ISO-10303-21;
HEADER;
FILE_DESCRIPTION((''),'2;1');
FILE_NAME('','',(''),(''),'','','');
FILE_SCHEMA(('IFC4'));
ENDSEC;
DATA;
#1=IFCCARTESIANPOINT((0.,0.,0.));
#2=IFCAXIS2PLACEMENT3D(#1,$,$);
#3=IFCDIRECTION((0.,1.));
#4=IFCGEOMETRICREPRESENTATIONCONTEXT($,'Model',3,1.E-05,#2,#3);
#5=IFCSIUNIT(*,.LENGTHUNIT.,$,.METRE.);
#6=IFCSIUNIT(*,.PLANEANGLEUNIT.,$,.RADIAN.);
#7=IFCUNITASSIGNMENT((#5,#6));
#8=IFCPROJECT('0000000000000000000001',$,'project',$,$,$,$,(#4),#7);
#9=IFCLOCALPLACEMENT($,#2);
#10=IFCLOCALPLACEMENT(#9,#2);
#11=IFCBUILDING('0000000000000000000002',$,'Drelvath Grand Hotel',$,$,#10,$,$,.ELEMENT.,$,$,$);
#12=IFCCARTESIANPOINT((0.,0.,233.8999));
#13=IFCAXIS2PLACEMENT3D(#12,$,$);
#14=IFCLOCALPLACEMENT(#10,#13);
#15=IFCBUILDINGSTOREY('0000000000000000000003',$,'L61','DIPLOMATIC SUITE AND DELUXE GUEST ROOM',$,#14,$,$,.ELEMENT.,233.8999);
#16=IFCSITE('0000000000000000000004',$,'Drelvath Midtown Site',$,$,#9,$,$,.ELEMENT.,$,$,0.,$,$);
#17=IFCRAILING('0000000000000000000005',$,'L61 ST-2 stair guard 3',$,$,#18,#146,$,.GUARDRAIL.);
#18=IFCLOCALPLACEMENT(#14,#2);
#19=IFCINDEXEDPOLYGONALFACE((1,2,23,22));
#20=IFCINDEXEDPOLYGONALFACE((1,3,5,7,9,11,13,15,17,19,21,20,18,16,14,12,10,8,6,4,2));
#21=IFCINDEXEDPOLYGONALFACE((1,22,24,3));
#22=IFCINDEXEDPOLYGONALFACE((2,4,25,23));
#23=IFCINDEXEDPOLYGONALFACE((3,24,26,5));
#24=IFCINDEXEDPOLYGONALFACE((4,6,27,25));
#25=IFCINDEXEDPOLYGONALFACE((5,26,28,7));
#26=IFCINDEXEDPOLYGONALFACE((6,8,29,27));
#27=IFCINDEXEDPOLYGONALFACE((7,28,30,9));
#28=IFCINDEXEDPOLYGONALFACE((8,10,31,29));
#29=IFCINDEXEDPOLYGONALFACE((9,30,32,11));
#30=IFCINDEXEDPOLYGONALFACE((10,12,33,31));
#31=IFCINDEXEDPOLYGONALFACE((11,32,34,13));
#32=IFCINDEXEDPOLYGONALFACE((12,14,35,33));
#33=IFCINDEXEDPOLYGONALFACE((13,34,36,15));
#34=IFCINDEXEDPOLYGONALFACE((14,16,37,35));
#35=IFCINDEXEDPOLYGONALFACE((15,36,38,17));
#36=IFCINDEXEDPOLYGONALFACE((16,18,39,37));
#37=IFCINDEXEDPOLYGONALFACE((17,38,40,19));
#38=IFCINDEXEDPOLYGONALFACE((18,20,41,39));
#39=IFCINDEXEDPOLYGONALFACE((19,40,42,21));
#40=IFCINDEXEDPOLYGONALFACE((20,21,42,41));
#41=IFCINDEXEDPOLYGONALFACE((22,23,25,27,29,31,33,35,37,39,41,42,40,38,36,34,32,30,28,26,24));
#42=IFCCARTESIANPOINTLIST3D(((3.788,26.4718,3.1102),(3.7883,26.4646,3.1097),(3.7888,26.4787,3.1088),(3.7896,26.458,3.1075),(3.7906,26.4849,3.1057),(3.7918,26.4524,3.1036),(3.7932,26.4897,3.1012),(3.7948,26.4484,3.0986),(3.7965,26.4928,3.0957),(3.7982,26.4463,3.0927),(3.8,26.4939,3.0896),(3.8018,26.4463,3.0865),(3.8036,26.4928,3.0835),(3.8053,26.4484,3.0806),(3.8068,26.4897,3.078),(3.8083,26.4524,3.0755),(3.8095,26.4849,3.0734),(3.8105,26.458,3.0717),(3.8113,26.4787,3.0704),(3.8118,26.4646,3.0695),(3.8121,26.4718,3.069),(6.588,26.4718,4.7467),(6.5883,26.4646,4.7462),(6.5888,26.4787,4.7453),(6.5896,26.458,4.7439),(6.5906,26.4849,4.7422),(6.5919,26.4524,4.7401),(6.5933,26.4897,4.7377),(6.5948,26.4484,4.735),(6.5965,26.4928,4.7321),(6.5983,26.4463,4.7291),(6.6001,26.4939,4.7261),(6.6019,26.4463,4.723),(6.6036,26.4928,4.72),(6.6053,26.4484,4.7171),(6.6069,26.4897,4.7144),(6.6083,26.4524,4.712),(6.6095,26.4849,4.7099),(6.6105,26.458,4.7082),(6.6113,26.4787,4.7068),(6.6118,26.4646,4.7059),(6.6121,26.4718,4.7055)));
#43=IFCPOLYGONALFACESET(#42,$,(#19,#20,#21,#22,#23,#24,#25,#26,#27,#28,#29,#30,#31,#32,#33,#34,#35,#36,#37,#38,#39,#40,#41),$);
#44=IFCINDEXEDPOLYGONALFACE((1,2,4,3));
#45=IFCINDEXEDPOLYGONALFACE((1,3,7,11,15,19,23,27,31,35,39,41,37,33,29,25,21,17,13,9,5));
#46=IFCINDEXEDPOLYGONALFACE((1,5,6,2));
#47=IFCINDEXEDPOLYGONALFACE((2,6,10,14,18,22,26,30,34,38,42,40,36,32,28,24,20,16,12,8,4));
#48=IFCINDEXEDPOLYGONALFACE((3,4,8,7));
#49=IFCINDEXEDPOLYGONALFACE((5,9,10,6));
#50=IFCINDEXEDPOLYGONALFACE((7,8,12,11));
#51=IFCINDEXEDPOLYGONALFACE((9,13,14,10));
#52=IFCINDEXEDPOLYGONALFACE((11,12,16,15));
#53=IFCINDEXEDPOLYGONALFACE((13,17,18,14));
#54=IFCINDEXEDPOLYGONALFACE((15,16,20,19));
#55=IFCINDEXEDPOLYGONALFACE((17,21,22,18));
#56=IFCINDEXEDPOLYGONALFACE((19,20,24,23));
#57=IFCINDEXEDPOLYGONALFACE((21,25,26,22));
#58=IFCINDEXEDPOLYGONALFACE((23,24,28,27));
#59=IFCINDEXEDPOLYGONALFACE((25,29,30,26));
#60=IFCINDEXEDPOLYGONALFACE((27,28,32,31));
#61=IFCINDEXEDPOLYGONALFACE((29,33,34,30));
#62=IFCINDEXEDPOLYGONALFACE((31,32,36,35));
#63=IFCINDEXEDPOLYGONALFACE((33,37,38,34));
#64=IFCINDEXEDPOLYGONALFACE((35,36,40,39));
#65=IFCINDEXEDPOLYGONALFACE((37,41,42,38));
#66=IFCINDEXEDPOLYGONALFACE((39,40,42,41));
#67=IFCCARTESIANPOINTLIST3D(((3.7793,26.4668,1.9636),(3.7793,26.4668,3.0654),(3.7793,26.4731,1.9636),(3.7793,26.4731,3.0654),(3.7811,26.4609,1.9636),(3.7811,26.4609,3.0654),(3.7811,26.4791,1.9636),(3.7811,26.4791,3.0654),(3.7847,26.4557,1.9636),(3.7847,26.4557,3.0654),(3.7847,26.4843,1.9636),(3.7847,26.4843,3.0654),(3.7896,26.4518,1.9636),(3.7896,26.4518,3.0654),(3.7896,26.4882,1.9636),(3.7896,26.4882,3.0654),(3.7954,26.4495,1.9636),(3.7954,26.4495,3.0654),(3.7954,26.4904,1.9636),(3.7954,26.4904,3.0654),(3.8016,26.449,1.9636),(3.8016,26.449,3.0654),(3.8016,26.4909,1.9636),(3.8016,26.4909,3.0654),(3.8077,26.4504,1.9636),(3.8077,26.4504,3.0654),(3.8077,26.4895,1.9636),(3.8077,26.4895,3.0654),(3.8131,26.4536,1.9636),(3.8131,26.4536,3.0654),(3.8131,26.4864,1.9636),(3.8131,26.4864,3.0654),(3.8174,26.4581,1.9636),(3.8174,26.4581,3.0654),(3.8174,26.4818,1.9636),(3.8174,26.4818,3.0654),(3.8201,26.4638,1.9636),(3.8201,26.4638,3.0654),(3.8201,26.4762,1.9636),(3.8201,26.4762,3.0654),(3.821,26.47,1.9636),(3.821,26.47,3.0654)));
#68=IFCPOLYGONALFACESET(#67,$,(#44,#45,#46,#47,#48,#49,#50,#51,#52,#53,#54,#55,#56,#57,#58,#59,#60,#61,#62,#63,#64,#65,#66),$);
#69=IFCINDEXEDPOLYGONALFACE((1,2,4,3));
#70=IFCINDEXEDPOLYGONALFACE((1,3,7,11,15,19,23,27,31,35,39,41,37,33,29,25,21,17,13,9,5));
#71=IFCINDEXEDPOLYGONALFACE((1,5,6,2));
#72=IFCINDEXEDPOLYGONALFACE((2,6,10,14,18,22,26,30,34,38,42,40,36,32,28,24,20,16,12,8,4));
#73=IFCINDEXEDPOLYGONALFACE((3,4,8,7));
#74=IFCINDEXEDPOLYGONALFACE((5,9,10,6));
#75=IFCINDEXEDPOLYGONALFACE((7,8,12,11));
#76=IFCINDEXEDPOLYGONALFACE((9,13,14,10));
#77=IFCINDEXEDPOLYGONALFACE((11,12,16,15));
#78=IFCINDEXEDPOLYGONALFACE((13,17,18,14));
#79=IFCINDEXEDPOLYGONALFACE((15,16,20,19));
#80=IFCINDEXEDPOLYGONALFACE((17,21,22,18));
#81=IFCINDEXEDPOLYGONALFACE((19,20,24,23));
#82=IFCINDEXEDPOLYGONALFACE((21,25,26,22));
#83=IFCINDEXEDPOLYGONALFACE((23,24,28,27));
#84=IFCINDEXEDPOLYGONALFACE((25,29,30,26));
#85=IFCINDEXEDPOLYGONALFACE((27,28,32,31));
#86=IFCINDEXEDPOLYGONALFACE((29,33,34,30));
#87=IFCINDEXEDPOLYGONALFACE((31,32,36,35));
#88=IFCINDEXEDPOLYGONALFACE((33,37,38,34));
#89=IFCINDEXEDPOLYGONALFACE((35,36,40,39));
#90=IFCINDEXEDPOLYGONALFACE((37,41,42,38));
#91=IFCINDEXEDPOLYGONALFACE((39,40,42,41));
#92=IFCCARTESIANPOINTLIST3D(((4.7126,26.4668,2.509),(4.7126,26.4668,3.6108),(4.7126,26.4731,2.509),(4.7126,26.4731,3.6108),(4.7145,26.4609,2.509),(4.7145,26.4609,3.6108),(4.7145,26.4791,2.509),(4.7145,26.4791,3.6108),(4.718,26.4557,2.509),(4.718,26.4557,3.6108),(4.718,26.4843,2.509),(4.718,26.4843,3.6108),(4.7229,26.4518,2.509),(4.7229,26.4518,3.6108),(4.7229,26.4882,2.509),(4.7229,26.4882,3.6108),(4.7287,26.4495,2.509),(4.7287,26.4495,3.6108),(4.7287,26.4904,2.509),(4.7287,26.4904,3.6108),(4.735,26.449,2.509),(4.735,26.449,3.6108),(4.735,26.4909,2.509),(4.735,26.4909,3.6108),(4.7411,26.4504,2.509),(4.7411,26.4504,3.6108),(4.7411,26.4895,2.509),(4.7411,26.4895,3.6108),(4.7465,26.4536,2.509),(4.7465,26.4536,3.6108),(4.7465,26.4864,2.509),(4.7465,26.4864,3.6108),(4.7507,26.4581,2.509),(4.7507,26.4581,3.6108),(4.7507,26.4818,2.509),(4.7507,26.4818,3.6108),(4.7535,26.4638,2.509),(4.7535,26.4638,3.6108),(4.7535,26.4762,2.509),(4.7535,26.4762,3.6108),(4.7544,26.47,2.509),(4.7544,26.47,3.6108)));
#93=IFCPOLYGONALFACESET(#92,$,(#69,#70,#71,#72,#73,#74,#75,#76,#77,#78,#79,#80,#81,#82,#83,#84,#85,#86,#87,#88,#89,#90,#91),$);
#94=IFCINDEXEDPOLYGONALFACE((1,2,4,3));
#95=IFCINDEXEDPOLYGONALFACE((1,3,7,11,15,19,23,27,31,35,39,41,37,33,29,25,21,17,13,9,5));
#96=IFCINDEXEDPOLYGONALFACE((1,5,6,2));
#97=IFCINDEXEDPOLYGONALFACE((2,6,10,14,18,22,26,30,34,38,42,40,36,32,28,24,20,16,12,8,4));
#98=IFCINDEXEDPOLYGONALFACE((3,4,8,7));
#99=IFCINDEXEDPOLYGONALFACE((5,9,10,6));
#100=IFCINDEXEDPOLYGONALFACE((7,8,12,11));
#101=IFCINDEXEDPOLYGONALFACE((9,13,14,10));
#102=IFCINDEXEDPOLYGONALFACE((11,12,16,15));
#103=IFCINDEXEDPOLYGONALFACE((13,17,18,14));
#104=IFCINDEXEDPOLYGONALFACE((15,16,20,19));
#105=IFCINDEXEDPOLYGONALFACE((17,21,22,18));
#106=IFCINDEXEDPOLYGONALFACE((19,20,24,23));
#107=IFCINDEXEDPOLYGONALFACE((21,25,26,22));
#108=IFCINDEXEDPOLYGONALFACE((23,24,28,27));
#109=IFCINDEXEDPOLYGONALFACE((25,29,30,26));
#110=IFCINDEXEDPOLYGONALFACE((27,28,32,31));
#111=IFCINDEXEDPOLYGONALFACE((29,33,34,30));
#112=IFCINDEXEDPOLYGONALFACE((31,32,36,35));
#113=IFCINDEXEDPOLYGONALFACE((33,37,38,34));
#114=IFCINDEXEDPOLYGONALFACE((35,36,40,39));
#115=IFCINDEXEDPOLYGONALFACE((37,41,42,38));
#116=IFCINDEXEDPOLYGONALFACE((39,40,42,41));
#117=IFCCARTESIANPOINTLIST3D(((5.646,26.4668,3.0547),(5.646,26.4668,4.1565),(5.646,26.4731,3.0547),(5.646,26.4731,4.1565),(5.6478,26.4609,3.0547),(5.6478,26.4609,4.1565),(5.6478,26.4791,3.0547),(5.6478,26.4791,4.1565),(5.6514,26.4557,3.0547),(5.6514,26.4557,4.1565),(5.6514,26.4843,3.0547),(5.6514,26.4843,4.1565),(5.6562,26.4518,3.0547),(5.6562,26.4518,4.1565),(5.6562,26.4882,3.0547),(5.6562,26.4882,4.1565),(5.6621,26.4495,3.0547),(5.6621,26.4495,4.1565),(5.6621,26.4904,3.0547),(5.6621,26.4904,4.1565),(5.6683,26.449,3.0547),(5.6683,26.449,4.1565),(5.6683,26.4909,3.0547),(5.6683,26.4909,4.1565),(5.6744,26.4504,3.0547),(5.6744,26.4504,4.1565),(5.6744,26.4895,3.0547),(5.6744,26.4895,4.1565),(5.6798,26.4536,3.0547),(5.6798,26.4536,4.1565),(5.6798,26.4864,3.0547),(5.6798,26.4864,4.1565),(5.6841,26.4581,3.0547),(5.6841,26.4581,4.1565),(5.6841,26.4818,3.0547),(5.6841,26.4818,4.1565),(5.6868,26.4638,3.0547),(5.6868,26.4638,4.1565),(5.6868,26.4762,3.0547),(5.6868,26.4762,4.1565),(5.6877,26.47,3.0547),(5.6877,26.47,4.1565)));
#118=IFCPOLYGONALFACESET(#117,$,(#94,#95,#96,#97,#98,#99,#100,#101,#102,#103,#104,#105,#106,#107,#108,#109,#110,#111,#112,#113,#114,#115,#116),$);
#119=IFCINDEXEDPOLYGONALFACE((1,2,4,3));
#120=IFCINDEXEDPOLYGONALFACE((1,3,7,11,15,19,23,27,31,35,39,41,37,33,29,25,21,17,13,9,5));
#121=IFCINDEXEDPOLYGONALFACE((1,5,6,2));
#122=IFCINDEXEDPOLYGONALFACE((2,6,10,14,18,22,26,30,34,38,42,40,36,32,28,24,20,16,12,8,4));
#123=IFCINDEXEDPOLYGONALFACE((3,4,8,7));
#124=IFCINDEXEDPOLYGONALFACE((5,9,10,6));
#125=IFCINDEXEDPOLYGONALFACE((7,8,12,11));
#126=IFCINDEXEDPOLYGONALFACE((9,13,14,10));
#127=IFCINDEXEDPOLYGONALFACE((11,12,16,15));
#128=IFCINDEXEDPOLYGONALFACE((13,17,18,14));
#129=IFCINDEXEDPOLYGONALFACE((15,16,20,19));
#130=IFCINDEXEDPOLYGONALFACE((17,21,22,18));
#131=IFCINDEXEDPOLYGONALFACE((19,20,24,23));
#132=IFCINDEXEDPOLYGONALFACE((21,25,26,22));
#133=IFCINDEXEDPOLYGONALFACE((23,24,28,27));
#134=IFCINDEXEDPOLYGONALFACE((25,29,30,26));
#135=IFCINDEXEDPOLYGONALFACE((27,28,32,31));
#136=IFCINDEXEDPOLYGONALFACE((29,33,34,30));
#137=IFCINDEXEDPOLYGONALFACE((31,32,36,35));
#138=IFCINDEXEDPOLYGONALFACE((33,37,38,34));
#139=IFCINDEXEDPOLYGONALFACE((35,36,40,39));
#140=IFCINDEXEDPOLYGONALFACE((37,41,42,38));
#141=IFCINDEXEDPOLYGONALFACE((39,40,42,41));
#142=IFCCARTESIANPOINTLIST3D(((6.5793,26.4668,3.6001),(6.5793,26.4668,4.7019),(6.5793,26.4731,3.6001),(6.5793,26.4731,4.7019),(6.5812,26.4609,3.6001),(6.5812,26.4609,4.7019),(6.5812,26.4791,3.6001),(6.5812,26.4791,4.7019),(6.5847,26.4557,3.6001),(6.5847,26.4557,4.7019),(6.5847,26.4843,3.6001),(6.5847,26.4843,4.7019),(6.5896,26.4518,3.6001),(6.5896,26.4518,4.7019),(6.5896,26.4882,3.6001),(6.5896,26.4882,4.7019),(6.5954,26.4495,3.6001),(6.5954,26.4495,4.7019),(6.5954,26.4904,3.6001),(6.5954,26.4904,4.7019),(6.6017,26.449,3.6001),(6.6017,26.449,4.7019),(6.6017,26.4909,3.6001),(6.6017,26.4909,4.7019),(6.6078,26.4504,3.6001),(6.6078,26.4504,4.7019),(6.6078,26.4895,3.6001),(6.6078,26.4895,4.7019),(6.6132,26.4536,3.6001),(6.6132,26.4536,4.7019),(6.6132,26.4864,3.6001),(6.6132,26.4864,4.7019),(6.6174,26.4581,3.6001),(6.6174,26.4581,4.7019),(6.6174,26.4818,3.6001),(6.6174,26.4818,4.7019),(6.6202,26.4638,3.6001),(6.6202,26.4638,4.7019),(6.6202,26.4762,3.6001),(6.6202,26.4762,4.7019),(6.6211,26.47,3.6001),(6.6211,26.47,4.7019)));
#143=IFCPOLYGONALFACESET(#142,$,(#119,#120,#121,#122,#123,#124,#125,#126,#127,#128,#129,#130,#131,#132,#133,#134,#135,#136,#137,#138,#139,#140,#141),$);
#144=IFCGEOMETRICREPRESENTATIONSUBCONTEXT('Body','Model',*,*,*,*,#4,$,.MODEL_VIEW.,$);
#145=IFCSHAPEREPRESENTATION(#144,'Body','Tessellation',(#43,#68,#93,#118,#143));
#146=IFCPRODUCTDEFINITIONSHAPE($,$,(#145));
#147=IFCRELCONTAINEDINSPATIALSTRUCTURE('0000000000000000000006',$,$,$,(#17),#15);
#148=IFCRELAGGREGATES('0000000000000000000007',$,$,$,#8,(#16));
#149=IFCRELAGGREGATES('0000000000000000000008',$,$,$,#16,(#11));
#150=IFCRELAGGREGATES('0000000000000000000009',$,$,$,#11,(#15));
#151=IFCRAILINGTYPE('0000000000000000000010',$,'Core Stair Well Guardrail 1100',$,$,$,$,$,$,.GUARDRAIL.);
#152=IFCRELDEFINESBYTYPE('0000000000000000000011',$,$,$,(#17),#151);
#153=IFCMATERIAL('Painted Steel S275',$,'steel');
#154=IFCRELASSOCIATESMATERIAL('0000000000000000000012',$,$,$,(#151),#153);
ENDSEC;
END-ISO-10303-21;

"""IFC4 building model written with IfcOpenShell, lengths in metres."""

from ifc_helpers import new_model, si_unit, direction, frame, origin, origin_2d, place, context, subcontext, project, spatial, circle, extrude, material, type_object, element, save


model = new_model("IFC4")

# Units and contexts
model_context = context("Model", 3, precision=1e-05, world=origin(), true_north=direction((0.0, 1.0)))
body_context = subcontext(model_context, "Body", "Model", "MODEL_VIEW")
ifc_project = project(units=[si_unit("LENGTHUNIT", "METRE"), si_unit("PLANEANGLEUNIT", "RADIAN")], contexts=[model_context])

# Site, building, storey
site_placement = place(None, origin())
site = spatial("IfcSite", under=ifc_project, at=site_placement, Name="Drelvath Midtown Site", CompositionType="ELEMENT", RefElevation=0.0)
building_placement = place(site_placement, origin())
building = spatial("IfcBuilding", under=site, at=building_placement, Name="Drelvath Grand Hotel", CompositionType="ELEMENT")
storey_placement = place(building_placement, frame((0.0, 0.0, 233.8999)))
storey = spatial("IfcBuildingStorey", under=building, at=storey_placement, Name="L61", Description="DIPLOMATIC SUITE AND DELUXE GUEST ROOM", CompositionType="ELEMENT", Elevation=233.8999)

# Railing
ifc_material_1 = material(Name="Painted Steel S275", Category="steel")
railing_type_1 = type_object("IfcRailingType", Name="Core Stair Well Guardrail 1100", PredefinedType="GUARDRAIL", material=ifc_material_1)
railing_1_placement = place(storey_placement, frame((3.8, 26.47, 1.9636)))
element("IfcRailing", 1, at=railing_1_placement, inside=storey, type_object=railing_type_1, Name="L61 ST-2 stair guard 3", PredefinedType="GUARDRAIL", context=body_context, shape_type="SweptSolid", body=[
    extrude(circle(Radius=0.0239, at=origin_2d()), frame((0.0, 0.0, 1.126), z_axis=(0.863361, 0.0, 0.504587), x_axis=(0.0, 1.0, 0.0)), (0.0, 0.0, 1.0), 3.2432),
    extrude(circle(Radius=0.021, at=origin_2d()), origin(), (0.0, 0.0, 1.0), 1.1018),
    extrude(circle(Radius=0.021, at=origin_2d()), frame((0.9333, 0.0, 0.5454)), (0.0, 0.0, 1.0), 1.1018),
    extrude(circle(Radius=0.021, at=origin_2d()), frame((1.8667, 0.0, 1.0911)), (0.0, 0.0, 1.0), 1.1018),
    extrude(circle(Radius=0.021, at=origin_2d()), frame((2.8, 0.0, 1.6365)), (0.0, 0.0, 1.0), 1.1018),
])

save(model, "model.ifc")
